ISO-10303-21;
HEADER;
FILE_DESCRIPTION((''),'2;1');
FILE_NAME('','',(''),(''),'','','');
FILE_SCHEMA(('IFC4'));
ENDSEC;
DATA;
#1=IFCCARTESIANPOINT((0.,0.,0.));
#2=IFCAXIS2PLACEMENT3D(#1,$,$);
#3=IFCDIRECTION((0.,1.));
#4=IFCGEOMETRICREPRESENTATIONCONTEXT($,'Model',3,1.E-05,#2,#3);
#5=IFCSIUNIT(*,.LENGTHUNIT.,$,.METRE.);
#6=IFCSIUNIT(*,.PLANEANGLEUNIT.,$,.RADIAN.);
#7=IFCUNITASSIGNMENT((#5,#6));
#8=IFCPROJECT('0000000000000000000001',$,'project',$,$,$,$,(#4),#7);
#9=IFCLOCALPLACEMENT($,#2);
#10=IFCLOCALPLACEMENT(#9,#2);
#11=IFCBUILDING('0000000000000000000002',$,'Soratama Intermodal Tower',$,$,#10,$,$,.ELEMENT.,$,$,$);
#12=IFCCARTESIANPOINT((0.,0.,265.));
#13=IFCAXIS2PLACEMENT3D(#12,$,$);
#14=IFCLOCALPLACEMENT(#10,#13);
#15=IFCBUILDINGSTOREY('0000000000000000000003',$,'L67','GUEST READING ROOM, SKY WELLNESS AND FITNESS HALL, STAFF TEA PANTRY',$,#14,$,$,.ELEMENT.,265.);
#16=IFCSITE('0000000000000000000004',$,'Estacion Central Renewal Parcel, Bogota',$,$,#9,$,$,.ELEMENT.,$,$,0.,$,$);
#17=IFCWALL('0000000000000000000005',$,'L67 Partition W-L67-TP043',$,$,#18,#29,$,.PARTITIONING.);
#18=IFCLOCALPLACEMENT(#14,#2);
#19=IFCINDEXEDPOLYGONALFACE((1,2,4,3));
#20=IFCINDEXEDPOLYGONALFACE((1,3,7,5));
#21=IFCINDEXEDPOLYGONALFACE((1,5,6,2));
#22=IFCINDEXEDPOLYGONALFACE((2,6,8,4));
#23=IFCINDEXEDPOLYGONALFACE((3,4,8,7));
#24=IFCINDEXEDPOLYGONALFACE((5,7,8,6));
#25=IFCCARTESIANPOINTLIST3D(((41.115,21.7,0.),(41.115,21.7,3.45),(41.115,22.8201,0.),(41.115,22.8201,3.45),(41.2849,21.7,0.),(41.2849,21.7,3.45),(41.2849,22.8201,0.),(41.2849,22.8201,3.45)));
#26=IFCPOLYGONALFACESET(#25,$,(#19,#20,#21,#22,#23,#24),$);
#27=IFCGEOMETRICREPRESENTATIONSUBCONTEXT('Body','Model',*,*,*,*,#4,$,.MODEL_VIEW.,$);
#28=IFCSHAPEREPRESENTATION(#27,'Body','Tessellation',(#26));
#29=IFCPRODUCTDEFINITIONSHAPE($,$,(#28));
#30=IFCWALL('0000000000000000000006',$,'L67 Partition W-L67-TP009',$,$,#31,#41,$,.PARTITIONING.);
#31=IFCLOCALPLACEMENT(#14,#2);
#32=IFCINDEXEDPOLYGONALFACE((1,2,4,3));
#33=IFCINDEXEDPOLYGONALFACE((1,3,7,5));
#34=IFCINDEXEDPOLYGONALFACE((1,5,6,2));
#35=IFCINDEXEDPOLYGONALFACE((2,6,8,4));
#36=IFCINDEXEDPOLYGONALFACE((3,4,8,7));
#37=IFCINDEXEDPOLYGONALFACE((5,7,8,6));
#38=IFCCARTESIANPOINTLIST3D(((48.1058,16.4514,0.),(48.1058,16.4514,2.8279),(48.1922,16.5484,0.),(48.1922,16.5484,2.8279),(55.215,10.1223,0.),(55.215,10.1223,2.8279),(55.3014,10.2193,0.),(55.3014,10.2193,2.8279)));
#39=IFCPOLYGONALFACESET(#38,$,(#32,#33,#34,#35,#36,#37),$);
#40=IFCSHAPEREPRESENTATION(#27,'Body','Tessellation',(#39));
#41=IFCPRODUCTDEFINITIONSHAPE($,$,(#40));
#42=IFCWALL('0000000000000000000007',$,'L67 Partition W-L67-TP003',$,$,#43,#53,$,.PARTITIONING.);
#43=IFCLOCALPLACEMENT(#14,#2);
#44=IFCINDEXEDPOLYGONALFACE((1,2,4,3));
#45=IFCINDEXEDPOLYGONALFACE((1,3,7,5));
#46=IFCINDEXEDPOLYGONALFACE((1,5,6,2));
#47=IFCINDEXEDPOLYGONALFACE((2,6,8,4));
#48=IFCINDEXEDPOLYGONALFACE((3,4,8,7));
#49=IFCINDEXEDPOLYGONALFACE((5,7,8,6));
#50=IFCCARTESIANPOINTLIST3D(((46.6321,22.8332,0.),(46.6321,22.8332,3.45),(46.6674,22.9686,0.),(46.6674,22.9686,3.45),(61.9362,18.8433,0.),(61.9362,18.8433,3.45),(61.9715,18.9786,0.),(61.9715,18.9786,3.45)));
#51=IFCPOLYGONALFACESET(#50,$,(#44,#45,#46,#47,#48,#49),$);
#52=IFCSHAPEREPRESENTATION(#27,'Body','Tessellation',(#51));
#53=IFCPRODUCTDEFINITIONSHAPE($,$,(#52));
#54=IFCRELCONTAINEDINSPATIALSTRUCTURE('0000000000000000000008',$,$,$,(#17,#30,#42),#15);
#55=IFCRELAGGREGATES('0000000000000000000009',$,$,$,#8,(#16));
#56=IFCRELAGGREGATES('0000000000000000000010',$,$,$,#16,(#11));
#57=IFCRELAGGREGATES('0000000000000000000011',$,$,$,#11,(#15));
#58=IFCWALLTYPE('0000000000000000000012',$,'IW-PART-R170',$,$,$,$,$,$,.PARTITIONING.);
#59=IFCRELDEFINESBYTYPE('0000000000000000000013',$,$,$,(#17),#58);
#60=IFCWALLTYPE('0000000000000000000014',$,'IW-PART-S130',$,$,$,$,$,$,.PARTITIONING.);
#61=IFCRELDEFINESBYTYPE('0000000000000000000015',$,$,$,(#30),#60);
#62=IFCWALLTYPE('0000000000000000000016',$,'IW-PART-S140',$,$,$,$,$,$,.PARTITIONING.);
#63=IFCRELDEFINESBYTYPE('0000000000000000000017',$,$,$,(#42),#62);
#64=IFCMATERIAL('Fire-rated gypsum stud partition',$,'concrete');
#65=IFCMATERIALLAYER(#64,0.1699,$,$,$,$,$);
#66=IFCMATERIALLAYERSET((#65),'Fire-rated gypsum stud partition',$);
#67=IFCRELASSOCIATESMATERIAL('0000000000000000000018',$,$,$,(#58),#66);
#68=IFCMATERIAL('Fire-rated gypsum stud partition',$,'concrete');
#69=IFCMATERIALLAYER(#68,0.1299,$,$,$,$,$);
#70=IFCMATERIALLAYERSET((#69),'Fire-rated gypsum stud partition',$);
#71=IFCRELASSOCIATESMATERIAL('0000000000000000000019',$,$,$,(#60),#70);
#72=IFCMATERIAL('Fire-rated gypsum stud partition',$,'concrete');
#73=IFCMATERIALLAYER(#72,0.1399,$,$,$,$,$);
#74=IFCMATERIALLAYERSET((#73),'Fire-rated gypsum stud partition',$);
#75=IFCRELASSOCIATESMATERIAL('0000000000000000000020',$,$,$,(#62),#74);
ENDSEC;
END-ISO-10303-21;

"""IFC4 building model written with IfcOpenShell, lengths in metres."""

from ifc_helpers import new_model, si_unit, direction, frame, frame_2d, origin, place, context, subcontext, project, spatial, rectangle, extrude, material, layer, layer_set, type_object, element, save


model = new_model("IFC4")

# Units and contexts
model_context = context("Model", 3, precision=1e-05, world=origin(), true_north=direction((0.0, 1.0)))
body_context = subcontext(model_context, "Body", "Model", "MODEL_VIEW")
ifc_project = project(units=[si_unit("LENGTHUNIT", "METRE"), si_unit("PLANEANGLEUNIT", "RADIAN")], contexts=[model_context])

# Site, building, storey
site_placement = place(None, origin())
site = spatial("IfcSite", under=ifc_project, at=site_placement, Name="Estacion Central Renewal Parcel, Bogota", CompositionType="ELEMENT", RefElevation=0.0)
building_placement = place(site_placement, origin())
building = spatial("IfcBuilding", under=site, at=building_placement, Name="Soratama Intermodal Tower", CompositionType="ELEMENT")
storey_placement = place(building_placement, frame((0.0, 0.0, 265.0)))
storey = spatial("IfcBuildingStorey", under=building, at=storey_placement, Name="L67", Description="GUEST READING ROOM, SKY WELLNESS AND FITNESS HALL, STAFF TEA PANTRY", CompositionType="ELEMENT", Elevation=265.0)

# Shared definitions
ifc_material_1 = material(Name="Fire-rated gypsum stud partition", Category="concrete")
ifc_layer_1 = layer(ifc_material_1, 0.1699)
ifc_layer_set_1 = layer_set([ifc_layer_1], Name="Fire-rated gypsum stud partition")
wall_type_1 = type_object("IfcWallType", Name="IW-PART-R170", PredefinedType="PARTITIONING", material=ifc_layer_set_1)

# Walls
wall_1_placement = place(storey_placement, frame((41.2, 21.7, 0.0), z_axis=(0.0, 0.0, 1.0), x_axis=(0.0, 1.0, 0.0)))
element("IfcWall", 1, at=wall_1_placement, inside=storey, type_object=wall_type_1, Name="L67 Partition W-L67-TP043", PredefinedType="PARTITIONING", context=body_context, shape_type="SweptSolid", body=[
    extrude(rectangle(XDim=1.1201, YDim=0.1699, at=frame_2d((0.5601, 0.0))), origin(), (0.0, 0.0, 1.0), 3.45),
])
ifc_material_2 = material(Name="Fire-rated gypsum stud partition", Category="concrete")
ifc_layer_2 = layer(ifc_material_2, 0.1299)
ifc_layer_set_2 = layer_set([ifc_layer_2], Name="Fire-rated gypsum stud partition")
wall_type_2 = type_object("IfcWallType", Name="IW-PART-S130", PredefinedType="PARTITIONING", material=ifc_layer_set_2)
wall_2_placement = place(storey_placement, frame((48.1489, 16.5, 0.0), z_axis=(0.0, 0.0, 1.0), x_axis=(0.746894, -0.664943, 0.0)))
element("IfcWall", 2, at=wall_2_placement, inside=storey, type_object=wall_type_2, Name="L67 Partition W-L67-TP009", PredefinedType="PARTITIONING", context=body_context, shape_type="SweptSolid", body=[
    extrude(rectangle(XDim=9.5183, YDim=0.1299, at=frame_2d((4.7593, 0.0))), origin(), (0.0, 0.0, 1.0), 2.8279),
])
ifc_material_3 = material(Name="Fire-rated gypsum stud partition", Category="concrete")
ifc_layer_3 = layer(ifc_material_3, 0.1399)
ifc_layer_set_3 = layer_set([ifc_layer_3], Name="Fire-rated gypsum stud partition")
wall_type_3 = type_object("IfcWallType", Name="IW-PART-S140", PredefinedType="PARTITIONING", material=ifc_layer_set_3)
wall_3_placement = place(storey_placement, frame((46.6499, 22.9009, 0.0), z_axis=(0.0, 0.0, 1.0), x_axis=(0.967654, -0.252279, 0.0)))
element("IfcWall", 3, at=wall_3_placement, inside=storey, type_object=wall_type_3, Name="L67 Partition W-L67-TP003", PredefinedType="PARTITIONING", context=body_context, shape_type="SweptSolid", body=[
    extrude(rectangle(XDim=15.8157, YDim=0.1399, at=frame_2d((7.9077, 0.0))), origin(), (0.0, 0.0, 1.0), 3.45),
])

save(model, "model.ifc")
